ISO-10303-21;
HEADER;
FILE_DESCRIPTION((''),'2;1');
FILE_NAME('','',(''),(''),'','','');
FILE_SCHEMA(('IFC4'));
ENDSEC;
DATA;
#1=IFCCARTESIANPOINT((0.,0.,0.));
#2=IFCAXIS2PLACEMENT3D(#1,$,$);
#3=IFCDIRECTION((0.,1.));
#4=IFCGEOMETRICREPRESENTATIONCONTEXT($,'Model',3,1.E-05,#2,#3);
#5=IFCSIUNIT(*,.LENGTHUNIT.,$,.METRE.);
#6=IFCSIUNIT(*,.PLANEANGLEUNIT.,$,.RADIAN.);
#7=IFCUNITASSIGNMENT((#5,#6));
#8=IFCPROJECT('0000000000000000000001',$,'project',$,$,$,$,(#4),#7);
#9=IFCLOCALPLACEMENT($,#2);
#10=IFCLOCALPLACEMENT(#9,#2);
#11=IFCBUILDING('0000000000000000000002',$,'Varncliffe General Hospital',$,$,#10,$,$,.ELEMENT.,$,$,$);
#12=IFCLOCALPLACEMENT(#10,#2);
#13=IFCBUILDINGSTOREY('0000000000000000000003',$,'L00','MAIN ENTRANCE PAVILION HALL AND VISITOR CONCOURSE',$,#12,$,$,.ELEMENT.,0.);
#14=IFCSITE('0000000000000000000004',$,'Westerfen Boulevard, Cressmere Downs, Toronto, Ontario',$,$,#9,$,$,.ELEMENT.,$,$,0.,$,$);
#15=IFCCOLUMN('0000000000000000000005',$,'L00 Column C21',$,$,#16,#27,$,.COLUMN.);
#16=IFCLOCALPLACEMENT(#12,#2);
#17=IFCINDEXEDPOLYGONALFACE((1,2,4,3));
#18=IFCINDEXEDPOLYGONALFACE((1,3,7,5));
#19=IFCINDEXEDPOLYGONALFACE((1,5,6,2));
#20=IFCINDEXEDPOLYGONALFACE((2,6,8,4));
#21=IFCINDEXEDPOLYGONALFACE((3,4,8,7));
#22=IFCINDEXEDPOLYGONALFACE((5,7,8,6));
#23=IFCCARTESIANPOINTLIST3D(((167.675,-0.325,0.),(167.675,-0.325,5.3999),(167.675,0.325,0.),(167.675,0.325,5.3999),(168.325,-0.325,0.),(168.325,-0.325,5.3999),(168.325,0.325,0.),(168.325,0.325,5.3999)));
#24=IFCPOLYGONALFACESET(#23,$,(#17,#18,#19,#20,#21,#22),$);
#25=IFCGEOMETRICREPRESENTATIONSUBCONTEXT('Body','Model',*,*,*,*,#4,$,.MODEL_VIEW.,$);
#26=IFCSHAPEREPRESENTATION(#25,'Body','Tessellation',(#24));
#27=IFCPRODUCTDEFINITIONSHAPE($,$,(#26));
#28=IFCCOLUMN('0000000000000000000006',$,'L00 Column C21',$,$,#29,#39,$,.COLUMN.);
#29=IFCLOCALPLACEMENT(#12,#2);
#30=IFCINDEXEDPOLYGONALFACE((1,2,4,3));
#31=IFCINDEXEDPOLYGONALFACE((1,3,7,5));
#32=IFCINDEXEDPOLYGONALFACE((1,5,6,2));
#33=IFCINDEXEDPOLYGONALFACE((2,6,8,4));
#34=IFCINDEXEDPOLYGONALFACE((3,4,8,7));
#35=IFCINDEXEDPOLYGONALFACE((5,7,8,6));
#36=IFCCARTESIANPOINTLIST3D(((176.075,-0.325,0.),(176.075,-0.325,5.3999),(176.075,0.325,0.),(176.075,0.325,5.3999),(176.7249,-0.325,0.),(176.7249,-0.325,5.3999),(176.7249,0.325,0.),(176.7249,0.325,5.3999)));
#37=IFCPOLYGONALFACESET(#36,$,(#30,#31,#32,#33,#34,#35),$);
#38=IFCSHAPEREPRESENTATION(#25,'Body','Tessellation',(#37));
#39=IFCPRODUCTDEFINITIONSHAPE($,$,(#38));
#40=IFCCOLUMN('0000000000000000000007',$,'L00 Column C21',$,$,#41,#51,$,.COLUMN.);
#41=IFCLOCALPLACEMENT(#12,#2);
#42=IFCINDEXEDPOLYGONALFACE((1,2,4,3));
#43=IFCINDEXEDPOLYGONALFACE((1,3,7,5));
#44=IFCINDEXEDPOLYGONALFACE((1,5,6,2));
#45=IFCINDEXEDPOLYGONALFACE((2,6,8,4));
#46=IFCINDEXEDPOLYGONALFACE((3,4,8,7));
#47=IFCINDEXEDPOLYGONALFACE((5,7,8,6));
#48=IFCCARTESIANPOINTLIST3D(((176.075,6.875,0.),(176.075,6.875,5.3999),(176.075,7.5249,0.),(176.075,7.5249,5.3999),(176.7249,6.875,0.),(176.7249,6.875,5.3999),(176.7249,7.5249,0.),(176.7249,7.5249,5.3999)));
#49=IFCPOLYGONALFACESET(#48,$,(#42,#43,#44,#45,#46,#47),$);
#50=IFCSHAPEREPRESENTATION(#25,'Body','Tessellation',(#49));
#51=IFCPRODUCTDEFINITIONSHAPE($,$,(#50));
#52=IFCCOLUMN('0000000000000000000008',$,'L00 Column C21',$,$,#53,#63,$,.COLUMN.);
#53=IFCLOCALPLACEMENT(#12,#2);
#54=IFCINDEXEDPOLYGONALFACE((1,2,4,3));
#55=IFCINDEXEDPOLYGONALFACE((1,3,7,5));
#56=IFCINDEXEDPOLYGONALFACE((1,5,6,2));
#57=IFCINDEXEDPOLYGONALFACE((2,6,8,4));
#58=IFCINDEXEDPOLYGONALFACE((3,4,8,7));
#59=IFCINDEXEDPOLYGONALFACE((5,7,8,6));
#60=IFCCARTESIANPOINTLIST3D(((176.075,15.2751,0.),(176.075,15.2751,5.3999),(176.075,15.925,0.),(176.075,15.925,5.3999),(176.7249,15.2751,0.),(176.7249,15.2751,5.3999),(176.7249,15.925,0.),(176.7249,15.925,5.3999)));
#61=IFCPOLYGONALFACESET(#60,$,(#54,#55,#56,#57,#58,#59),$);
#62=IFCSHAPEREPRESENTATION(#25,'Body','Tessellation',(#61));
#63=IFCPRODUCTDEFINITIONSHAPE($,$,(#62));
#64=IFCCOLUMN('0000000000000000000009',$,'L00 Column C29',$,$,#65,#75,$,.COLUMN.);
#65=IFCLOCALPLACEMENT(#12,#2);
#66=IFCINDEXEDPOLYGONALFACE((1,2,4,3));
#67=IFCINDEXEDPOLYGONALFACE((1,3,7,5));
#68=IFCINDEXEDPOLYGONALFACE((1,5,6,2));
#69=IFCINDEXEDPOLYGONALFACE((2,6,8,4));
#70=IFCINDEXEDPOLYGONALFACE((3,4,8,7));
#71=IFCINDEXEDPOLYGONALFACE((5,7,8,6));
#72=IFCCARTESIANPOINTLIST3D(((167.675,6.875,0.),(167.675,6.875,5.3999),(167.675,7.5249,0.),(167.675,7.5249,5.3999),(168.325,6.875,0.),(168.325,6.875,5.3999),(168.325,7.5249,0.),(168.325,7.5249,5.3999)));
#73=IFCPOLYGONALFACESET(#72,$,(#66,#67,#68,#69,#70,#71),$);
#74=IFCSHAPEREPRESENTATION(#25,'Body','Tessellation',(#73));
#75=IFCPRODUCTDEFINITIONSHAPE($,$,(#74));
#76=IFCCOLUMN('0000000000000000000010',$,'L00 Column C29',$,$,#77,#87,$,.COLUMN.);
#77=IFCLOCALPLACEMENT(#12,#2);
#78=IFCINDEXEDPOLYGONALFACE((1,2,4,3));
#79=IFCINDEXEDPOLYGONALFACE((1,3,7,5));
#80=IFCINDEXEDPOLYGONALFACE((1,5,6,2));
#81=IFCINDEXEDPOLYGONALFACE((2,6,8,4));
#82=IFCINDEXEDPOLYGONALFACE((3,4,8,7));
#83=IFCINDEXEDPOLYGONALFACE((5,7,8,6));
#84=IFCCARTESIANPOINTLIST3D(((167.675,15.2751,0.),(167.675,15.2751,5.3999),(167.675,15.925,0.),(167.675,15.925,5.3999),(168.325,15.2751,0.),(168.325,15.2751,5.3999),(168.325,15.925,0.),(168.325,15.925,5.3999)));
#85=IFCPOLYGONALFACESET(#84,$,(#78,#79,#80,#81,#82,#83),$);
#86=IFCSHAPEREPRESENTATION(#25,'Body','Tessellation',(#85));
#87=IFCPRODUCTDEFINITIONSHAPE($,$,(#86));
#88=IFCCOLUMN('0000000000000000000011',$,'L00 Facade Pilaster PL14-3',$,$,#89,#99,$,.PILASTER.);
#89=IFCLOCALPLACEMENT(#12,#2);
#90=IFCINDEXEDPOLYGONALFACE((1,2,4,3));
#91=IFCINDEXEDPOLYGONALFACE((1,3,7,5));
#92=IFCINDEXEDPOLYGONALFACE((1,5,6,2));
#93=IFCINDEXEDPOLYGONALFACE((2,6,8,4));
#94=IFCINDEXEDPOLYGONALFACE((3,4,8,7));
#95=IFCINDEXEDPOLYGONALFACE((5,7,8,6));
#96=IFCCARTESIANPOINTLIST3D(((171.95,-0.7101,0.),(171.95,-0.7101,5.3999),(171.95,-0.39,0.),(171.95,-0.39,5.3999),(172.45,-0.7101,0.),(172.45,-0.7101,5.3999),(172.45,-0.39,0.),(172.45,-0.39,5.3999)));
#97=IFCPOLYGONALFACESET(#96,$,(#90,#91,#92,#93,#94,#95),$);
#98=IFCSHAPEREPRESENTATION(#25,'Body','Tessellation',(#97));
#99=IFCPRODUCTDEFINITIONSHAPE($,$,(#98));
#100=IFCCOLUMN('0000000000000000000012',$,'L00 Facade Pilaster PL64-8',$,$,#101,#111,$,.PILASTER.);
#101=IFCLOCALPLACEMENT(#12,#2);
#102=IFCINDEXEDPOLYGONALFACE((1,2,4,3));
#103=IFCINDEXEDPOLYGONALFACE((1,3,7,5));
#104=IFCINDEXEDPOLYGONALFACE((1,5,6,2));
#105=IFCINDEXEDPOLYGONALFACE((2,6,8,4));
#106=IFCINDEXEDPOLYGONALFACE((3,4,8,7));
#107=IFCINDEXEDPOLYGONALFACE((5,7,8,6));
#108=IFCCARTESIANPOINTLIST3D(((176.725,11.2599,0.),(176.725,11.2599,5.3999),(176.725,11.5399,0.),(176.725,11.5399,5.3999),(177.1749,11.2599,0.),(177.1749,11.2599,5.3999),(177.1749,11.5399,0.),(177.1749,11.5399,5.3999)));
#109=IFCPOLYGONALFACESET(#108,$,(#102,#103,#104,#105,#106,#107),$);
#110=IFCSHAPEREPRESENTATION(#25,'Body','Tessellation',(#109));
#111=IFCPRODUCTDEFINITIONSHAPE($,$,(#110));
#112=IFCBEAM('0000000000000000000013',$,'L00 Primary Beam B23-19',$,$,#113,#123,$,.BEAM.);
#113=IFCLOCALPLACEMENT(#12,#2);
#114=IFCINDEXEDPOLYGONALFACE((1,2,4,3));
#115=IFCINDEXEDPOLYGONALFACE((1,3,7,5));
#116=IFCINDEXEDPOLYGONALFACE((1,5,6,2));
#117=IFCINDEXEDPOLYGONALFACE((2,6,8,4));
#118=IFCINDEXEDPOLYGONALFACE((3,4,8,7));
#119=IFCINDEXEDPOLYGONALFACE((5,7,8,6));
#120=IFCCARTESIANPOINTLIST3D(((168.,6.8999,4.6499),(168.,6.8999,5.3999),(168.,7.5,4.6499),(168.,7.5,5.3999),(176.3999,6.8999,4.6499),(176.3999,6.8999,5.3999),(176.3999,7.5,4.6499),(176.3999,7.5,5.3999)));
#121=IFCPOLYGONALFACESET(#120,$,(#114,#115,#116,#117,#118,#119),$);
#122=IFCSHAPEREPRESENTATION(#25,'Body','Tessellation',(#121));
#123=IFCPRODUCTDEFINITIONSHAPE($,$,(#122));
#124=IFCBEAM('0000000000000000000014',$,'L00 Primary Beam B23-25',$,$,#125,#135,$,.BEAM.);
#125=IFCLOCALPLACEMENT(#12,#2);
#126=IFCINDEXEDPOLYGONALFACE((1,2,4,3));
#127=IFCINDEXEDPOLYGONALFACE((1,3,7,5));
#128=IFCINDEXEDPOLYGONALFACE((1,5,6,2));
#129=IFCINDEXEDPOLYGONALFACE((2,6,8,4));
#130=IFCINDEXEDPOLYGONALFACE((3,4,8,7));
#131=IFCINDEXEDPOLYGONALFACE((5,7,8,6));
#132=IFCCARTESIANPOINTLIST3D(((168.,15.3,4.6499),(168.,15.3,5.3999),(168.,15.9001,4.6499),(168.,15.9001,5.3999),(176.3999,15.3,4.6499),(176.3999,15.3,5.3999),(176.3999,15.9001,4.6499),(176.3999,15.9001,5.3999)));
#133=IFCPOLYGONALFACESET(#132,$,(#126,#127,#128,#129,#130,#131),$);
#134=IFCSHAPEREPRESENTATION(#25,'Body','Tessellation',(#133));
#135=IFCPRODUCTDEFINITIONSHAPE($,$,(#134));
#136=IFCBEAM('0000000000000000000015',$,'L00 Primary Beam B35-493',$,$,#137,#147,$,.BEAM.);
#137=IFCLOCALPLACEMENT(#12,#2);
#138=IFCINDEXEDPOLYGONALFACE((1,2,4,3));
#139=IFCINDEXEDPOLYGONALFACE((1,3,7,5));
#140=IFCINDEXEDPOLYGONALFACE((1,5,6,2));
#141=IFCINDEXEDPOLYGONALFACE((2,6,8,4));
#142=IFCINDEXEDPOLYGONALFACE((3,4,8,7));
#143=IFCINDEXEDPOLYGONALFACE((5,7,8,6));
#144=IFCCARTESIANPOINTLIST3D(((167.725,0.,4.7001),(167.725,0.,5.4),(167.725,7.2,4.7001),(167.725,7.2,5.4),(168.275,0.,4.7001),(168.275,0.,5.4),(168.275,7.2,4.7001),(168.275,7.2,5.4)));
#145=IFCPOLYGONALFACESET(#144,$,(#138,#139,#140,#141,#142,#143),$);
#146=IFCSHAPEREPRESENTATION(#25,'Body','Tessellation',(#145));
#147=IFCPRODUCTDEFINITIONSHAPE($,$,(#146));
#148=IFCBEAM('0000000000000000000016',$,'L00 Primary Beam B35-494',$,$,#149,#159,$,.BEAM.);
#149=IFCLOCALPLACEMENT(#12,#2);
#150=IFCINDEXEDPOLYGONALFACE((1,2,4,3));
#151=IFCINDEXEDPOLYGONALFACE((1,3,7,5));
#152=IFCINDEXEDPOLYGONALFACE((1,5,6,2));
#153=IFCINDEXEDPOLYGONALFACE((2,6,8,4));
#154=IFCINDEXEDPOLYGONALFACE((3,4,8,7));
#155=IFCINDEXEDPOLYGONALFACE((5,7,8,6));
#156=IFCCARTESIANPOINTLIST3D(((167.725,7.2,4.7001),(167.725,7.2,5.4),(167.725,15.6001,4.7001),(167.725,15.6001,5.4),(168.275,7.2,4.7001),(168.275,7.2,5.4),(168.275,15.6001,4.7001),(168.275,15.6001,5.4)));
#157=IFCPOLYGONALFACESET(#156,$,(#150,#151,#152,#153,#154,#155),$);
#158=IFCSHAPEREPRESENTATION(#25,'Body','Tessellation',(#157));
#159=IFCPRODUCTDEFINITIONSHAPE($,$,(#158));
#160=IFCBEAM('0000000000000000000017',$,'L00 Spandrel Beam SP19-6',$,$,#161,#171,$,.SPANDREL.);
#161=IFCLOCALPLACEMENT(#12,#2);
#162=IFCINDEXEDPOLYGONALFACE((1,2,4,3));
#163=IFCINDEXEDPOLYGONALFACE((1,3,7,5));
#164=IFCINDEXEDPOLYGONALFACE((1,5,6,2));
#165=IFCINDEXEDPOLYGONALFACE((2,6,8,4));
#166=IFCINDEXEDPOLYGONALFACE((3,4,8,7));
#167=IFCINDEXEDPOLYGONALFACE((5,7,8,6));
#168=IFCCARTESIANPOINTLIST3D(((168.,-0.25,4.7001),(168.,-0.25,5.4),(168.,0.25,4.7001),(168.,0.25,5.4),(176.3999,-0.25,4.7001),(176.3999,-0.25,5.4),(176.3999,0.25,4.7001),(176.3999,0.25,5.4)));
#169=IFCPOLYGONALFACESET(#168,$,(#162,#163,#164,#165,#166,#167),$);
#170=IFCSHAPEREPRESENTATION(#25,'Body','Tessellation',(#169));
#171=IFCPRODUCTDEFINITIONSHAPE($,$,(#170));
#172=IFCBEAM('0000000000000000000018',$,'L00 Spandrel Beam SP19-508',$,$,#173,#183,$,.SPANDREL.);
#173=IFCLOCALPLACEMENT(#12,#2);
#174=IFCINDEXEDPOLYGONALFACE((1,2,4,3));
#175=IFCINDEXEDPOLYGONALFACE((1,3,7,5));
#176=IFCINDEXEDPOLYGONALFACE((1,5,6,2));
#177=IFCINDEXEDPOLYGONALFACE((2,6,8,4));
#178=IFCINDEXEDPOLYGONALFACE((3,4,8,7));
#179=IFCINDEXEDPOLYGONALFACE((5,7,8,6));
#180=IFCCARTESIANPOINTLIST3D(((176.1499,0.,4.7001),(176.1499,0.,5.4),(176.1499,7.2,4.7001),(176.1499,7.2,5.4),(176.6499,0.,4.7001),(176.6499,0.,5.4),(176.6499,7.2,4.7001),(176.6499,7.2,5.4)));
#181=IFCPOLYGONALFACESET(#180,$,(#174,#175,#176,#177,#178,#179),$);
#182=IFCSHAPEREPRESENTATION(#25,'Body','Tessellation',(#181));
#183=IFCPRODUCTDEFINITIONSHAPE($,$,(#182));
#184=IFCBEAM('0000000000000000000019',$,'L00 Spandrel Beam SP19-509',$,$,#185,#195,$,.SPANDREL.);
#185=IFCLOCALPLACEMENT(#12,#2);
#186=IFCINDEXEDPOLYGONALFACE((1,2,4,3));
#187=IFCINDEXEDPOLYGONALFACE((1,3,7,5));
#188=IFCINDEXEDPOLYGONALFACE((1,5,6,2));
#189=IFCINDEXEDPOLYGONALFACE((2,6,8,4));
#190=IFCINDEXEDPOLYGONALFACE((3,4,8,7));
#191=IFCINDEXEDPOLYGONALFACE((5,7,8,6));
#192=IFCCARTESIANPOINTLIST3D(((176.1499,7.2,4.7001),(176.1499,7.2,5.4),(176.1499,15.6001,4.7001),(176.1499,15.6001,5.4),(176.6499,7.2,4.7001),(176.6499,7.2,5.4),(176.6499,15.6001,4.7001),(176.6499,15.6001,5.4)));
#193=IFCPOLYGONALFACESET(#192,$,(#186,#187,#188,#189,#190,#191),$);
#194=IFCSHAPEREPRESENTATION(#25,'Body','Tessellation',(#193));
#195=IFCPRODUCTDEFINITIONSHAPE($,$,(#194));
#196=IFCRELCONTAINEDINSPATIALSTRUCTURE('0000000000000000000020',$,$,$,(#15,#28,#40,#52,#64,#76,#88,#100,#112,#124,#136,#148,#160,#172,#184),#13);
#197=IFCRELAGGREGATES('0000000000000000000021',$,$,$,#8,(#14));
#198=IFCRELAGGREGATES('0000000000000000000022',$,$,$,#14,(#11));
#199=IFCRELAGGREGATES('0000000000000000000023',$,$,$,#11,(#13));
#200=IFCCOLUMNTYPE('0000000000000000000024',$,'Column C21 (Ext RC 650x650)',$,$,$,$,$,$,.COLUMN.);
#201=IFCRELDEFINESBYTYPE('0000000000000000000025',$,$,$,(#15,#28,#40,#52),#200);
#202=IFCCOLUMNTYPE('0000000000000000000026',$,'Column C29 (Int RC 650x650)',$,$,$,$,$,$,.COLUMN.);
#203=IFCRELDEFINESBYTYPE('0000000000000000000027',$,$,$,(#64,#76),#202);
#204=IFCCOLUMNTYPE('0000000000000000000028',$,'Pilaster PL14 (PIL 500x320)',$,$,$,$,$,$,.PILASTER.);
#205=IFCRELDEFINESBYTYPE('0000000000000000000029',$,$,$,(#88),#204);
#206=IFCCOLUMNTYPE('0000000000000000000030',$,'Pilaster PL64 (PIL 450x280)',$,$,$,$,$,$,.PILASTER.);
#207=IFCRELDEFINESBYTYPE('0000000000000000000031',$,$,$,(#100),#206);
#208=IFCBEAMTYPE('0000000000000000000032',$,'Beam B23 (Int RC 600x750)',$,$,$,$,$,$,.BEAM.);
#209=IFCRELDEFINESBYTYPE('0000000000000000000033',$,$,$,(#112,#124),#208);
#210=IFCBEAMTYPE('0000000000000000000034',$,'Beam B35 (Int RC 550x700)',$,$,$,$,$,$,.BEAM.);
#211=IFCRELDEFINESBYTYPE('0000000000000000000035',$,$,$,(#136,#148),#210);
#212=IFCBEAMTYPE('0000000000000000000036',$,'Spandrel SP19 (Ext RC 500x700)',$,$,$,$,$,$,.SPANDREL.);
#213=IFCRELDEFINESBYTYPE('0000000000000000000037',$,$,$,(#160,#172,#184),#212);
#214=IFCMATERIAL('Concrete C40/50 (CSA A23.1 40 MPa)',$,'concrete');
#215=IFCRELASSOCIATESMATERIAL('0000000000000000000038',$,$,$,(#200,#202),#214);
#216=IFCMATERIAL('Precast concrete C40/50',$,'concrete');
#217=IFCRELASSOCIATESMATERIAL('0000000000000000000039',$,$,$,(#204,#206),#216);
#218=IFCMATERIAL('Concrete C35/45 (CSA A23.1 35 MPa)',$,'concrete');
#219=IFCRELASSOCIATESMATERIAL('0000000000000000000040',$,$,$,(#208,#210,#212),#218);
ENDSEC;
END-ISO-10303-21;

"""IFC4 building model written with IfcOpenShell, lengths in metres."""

from ifc_helpers import new_model, si_unit, direction, frame, origin, origin_2d, place, context, subcontext, project, spatial, rectangle, extrude, material, material_profile, profile_set, type_object, element, save


model = new_model("IFC4")

# Units and contexts
model_context = context("Model", 3, precision=1e-05, world=origin(), true_north=direction((0.0, 1.0)))
body_context = subcontext(model_context, "Body", "Model", "MODEL_VIEW")
ifc_project = project(units=[si_unit("LENGTHUNIT", "METRE"), si_unit("PLANEANGLEUNIT", "RADIAN")], contexts=[model_context])

# Site, building, storey
site_placement = place(None, origin())
site = spatial("IfcSite", under=ifc_project, at=site_placement, Name="Westerfen Boulevard, Cressmere Downs, Toronto, Ontario", CompositionType="ELEMENT", RefElevation=0.0)
building_placement = place(site_placement, origin())
building = spatial("IfcBuilding", under=site, at=building_placement, Name="Varncliffe General Hospital", CompositionType="ELEMENT")
storey_placement = place(building_placement, origin())
storey = spatial("IfcBuildingStorey", under=building, at=storey_placement, Name="L00", Description="MAIN ENTRANCE PAVILION HALL AND VISITOR CONCOURSE", CompositionType="ELEMENT", Elevation=0.0)

# Columns
ifc_material_1 = material(Name="Concrete C40/50 (CSA A23.1 40 MPa)", Category="concrete")
ifc_material_profile_1 = material_profile(ifc_material_1, rectangle(XDim=0.6499, YDim=0.6499, at=origin_2d()), Name="RC 650x650")
ifc_profile_set_1 = profile_set([ifc_material_profile_1], Name="Concrete C40/50 (CSA A23.1 40 MPa)")
column_type_1 = type_object("IfcColumnType", Name="Column C21 (Ext RC 650x650)", PredefinedType="COLUMN", material=ifc_profile_set_1)
for number, where, z_axis, x_axis, name in (
    (1, (168.0, 0.0, 0.0), (0.0, 0.0, 1.0), (1.0, 0.0, 0.0), "L00 Column C21"),
    (2, (176.3999, 0.0, 0.0), (0.0, 0.0, 1.0), (1.0, 0.0, 0.0), "L00 Column C21"),
    (3, (176.3999, 7.2, 0.0), (0.0, 0.0, 1.0), (1.0, 0.0, 0.0), "L00 Column C21"),
    (4, (176.3999, 15.6001, 0.0), (0.0, 0.0, 1.0), (1.0, 0.0, 0.0), "L00 Column C21"),
):
    element("IfcColumn", number, at=place(storey_placement, frame(where, z_axis=z_axis, x_axis=x_axis)), inside=storey, type_object=column_type_1, Name=name, PredefinedType="COLUMN", context=body_context, shape_type="SweptSolid", body=[
        extrude(rectangle(XDim=0.6499, YDim=0.6499, at=origin_2d()), origin(), (0.0, 0.0, 1.0), 5.3999),
    ])
ifc_material_profile_2 = material_profile(ifc_material_1, rectangle(XDim=0.6499, YDim=0.6499, at=origin_2d()), Name="RC 650x650")
ifc_profile_set_2 = profile_set([ifc_material_profile_2], Name="Concrete C40/50 (CSA A23.1 40 MPa)")
column_type_2 = type_object("IfcColumnType", Name="Column C29 (Int RC 650x650)", PredefinedType="COLUMN", material=ifc_profile_set_2)
for number, where, z_axis, x_axis, name in (
    (5, (168.0, 7.2, 0.0), (0.0, 0.0, 1.0), (1.0, 0.0, 0.0), "L00 Column C29"),
    (6, (168.0, 15.6001, 0.0), (0.0, 0.0, 1.0), (1.0, 0.0, 0.0), "L00 Column C29"),
):
    element("IfcColumn", number, at=place(storey_placement, frame(where, z_axis=z_axis, x_axis=x_axis)), inside=storey, type_object=column_type_2, Name=name, PredefinedType="COLUMN", context=body_context, shape_type="SweptSolid", body=[
        extrude(rectangle(XDim=0.6499, YDim=0.6499, at=origin_2d()), origin(), (0.0, 0.0, 1.0), 5.3999),
    ])
ifc_material_2 = material(Name="Precast concrete C40/50", Category="concrete")
ifc_material_profile_3 = material_profile(ifc_material_2, rectangle(XDim=0.5, YDim=0.3201, at=origin_2d()), Name="PIL 500x320")
ifc_profile_set_3 = profile_set([ifc_material_profile_3], Name="Precast concrete C40/50")
column_type_3 = type_object("IfcColumnType", Name="Pilaster PL14 (PIL 500x320)", PredefinedType="PILASTER", material=ifc_profile_set_3)
column_1_placement = place(storey_placement, frame((172.2, -0.55, 0.0), z_axis=(0.0, 0.0, 1.0), x_axis=(1.0, 0.0, 0.0)))
element("IfcColumn", 7, at=column_1_placement, inside=storey, type_object=column_type_3, Name="L00 Facade Pilaster PL14-3", PredefinedType="PILASTER", context=body_context, shape_type="SweptSolid", body=[
    extrude(rectangle(XDim=0.5, YDim=0.3201, at=origin_2d()), origin(), (0.0, 0.0, 1.0), 5.3999),
])
ifc_material_profile_4 = material_profile(ifc_material_2, rectangle(XDim=0.45, YDim=0.28, at=origin_2d()), Name="PIL 450x280")
ifc_profile_set_4 = profile_set([ifc_material_profile_4], Name="Precast concrete C40/50")
column_type_4 = type_object("IfcColumnType", Name="Pilaster PL64 (PIL 450x280)", PredefinedType="PILASTER", material=ifc_profile_set_4)
column_2_placement = place(storey_placement, frame((176.95, 11.3999, 0.0), z_axis=(0.0, 0.0, 1.0), x_axis=(1.0, 0.0, 0.0)))
element("IfcColumn", 8, at=column_2_placement, inside=storey, type_object=column_type_4, Name="L00 Facade Pilaster PL64-8", PredefinedType="PILASTER", context=body_context, shape_type="SweptSolid", body=[
    extrude(rectangle(XDim=0.45, YDim=0.28, at=origin_2d()), origin(), (0.0, 0.0, 1.0), 5.3999),
])

# Beams
ifc_material_3 = material(Name="Concrete C35/45 (CSA A23.1 35 MPa)", Category="concrete")
ifc_material_profile_5 = material_profile(ifc_material_3, rectangle(XDim=0.6001, YDim=0.75, at=origin_2d()), Name="RC 600x750")
ifc_profile_set_5 = profile_set([ifc_material_profile_5], Name="Concrete C35/45 (CSA A23.1 35 MPa)")
beam_type_1 = type_object("IfcBeamType", Name="Beam B23 (Int RC 600x750)", PredefinedType="BEAM", material=ifc_profile_set_5)
for number, where, z_axis, x_axis, name in (
    (9, (168.0, 7.2, 5.0249), (1.0, 0.0, 0.0), (0.0, 1.0, 0.0), "L00 Primary Beam B23-19"),
    (10, (168.0, 15.6001, 5.0249), (1.0, 0.0, 0.0), (0.0, 1.0, 0.0), "L00 Primary Beam B23-25"),
):
    element("IfcBeam", number, at=place(storey_placement, frame(where, z_axis=z_axis, x_axis=x_axis)), inside=storey, type_object=beam_type_1, Name=name, PredefinedType="BEAM", context=body_context, shape_type="SweptSolid", body=[
        extrude(rectangle(XDim=0.6001, YDim=0.75, at=origin_2d()), origin(), (0.0, 0.0, 1.0), 8.3999),
    ])
ifc_material_profile_6 = material_profile(ifc_material_3, rectangle(XDim=0.55, YDim=0.7, at=origin_2d()), Name="RC 550x700")
ifc_profile_set_6 = profile_set([ifc_material_profile_6], Name="Concrete C35/45 (CSA A23.1 35 MPa)")
beam_type_2 = type_object("IfcBeamType", Name="Beam B35 (Int RC 550x700)", PredefinedType="BEAM", material=ifc_profile_set_6)
beam_1_placement = place(storey_placement, frame((168.0, 0.0, 5.05), z_axis=(0.0, 1.0, 0.0), x_axis=(-1.0, 0.0, 0.0)))
element("IfcBeam", 11, at=beam_1_placement, inside=storey, type_object=beam_type_2, Name="L00 Primary Beam B35-493", PredefinedType="BEAM", context=body_context, shape_type="SweptSolid", body=[
    extrude(rectangle(XDim=0.55, YDim=0.7, at=origin_2d()), origin(), (0.0, 0.0, 1.0), 7.2),
])
beam_2_placement = place(storey_placement, frame((168.0, 7.2, 5.05), z_axis=(0.0, 1.0, 0.0), x_axis=(-1.0, 0.0, 0.0)))
element("IfcBeam", 12, at=beam_2_placement, inside=storey, type_object=beam_type_2, Name="L00 Primary Beam B35-494", PredefinedType="BEAM", context=body_context, shape_type="SweptSolid", body=[
    extrude(rectangle(XDim=0.55, YDim=0.7, at=origin_2d()), origin(), (0.0, 0.0, 1.0), 8.4001),
])
ifc_material_profile_7 = material_profile(ifc_material_3, rectangle(XDim=0.5, YDim=0.7, at=origin_2d()), Name="RC 500x700")
ifc_profile_set_7 = profile_set([ifc_material_profile_7], Name="Concrete C35/45 (CSA A23.1 35 MPa)")
beam_type_3 = type_object("IfcBeamType", Name="Spandrel SP19 (Ext RC 500x700)", PredefinedType="SPANDREL", material=ifc_profile_set_7)
beam_3_placement = place(storey_placement, frame((168.0, 0.0, 5.05), z_axis=(1.0, 0.0, 0.0), x_axis=(0.0, 1.0, 0.0)))
element("IfcBeam", 13, at=beam_3_placement, inside=storey, type_object=beam_type_3, Name="L00 Spandrel Beam SP19-6", PredefinedType="SPANDREL", context=body_context, shape_type="SweptSolid", body=[
    extrude(rectangle(XDim=0.5, YDim=0.7, at=origin_2d()), origin(), (0.0, 0.0, 1.0), 8.3999),
])
beam_4_placement = place(storey_placement, frame((176.3999, 0.0, 5.05), z_axis=(0.0, 1.0, 0.0), x_axis=(-1.0, 0.0, 0.0)))
element("IfcBeam", 14, at=beam_4_placement, inside=storey, type_object=beam_type_3, Name="L00 Spandrel Beam SP19-508", PredefinedType="SPANDREL", context=body_context, shape_type="SweptSolid", body=[
    extrude(rectangle(XDim=0.5, YDim=0.7, at=origin_2d()), origin(), (0.0, 0.0, 1.0), 7.2),
])
beam_5_placement = place(storey_placement, frame((176.3999, 7.2, 5.05), z_axis=(0.0, 1.0, 0.0), x_axis=(-1.0, 0.0, 0.0)))
element("IfcBeam", 15, at=beam_5_placement, inside=storey, type_object=beam_type_3, Name="L00 Spandrel Beam SP19-509", PredefinedType="SPANDREL", context=body_context, shape_type="SweptSolid", body=[
    extrude(rectangle(XDim=0.5, YDim=0.7, at=origin_2d()), origin(), (0.0, 0.0, 1.0), 8.4001),
])

save(model, "model.ifc")
